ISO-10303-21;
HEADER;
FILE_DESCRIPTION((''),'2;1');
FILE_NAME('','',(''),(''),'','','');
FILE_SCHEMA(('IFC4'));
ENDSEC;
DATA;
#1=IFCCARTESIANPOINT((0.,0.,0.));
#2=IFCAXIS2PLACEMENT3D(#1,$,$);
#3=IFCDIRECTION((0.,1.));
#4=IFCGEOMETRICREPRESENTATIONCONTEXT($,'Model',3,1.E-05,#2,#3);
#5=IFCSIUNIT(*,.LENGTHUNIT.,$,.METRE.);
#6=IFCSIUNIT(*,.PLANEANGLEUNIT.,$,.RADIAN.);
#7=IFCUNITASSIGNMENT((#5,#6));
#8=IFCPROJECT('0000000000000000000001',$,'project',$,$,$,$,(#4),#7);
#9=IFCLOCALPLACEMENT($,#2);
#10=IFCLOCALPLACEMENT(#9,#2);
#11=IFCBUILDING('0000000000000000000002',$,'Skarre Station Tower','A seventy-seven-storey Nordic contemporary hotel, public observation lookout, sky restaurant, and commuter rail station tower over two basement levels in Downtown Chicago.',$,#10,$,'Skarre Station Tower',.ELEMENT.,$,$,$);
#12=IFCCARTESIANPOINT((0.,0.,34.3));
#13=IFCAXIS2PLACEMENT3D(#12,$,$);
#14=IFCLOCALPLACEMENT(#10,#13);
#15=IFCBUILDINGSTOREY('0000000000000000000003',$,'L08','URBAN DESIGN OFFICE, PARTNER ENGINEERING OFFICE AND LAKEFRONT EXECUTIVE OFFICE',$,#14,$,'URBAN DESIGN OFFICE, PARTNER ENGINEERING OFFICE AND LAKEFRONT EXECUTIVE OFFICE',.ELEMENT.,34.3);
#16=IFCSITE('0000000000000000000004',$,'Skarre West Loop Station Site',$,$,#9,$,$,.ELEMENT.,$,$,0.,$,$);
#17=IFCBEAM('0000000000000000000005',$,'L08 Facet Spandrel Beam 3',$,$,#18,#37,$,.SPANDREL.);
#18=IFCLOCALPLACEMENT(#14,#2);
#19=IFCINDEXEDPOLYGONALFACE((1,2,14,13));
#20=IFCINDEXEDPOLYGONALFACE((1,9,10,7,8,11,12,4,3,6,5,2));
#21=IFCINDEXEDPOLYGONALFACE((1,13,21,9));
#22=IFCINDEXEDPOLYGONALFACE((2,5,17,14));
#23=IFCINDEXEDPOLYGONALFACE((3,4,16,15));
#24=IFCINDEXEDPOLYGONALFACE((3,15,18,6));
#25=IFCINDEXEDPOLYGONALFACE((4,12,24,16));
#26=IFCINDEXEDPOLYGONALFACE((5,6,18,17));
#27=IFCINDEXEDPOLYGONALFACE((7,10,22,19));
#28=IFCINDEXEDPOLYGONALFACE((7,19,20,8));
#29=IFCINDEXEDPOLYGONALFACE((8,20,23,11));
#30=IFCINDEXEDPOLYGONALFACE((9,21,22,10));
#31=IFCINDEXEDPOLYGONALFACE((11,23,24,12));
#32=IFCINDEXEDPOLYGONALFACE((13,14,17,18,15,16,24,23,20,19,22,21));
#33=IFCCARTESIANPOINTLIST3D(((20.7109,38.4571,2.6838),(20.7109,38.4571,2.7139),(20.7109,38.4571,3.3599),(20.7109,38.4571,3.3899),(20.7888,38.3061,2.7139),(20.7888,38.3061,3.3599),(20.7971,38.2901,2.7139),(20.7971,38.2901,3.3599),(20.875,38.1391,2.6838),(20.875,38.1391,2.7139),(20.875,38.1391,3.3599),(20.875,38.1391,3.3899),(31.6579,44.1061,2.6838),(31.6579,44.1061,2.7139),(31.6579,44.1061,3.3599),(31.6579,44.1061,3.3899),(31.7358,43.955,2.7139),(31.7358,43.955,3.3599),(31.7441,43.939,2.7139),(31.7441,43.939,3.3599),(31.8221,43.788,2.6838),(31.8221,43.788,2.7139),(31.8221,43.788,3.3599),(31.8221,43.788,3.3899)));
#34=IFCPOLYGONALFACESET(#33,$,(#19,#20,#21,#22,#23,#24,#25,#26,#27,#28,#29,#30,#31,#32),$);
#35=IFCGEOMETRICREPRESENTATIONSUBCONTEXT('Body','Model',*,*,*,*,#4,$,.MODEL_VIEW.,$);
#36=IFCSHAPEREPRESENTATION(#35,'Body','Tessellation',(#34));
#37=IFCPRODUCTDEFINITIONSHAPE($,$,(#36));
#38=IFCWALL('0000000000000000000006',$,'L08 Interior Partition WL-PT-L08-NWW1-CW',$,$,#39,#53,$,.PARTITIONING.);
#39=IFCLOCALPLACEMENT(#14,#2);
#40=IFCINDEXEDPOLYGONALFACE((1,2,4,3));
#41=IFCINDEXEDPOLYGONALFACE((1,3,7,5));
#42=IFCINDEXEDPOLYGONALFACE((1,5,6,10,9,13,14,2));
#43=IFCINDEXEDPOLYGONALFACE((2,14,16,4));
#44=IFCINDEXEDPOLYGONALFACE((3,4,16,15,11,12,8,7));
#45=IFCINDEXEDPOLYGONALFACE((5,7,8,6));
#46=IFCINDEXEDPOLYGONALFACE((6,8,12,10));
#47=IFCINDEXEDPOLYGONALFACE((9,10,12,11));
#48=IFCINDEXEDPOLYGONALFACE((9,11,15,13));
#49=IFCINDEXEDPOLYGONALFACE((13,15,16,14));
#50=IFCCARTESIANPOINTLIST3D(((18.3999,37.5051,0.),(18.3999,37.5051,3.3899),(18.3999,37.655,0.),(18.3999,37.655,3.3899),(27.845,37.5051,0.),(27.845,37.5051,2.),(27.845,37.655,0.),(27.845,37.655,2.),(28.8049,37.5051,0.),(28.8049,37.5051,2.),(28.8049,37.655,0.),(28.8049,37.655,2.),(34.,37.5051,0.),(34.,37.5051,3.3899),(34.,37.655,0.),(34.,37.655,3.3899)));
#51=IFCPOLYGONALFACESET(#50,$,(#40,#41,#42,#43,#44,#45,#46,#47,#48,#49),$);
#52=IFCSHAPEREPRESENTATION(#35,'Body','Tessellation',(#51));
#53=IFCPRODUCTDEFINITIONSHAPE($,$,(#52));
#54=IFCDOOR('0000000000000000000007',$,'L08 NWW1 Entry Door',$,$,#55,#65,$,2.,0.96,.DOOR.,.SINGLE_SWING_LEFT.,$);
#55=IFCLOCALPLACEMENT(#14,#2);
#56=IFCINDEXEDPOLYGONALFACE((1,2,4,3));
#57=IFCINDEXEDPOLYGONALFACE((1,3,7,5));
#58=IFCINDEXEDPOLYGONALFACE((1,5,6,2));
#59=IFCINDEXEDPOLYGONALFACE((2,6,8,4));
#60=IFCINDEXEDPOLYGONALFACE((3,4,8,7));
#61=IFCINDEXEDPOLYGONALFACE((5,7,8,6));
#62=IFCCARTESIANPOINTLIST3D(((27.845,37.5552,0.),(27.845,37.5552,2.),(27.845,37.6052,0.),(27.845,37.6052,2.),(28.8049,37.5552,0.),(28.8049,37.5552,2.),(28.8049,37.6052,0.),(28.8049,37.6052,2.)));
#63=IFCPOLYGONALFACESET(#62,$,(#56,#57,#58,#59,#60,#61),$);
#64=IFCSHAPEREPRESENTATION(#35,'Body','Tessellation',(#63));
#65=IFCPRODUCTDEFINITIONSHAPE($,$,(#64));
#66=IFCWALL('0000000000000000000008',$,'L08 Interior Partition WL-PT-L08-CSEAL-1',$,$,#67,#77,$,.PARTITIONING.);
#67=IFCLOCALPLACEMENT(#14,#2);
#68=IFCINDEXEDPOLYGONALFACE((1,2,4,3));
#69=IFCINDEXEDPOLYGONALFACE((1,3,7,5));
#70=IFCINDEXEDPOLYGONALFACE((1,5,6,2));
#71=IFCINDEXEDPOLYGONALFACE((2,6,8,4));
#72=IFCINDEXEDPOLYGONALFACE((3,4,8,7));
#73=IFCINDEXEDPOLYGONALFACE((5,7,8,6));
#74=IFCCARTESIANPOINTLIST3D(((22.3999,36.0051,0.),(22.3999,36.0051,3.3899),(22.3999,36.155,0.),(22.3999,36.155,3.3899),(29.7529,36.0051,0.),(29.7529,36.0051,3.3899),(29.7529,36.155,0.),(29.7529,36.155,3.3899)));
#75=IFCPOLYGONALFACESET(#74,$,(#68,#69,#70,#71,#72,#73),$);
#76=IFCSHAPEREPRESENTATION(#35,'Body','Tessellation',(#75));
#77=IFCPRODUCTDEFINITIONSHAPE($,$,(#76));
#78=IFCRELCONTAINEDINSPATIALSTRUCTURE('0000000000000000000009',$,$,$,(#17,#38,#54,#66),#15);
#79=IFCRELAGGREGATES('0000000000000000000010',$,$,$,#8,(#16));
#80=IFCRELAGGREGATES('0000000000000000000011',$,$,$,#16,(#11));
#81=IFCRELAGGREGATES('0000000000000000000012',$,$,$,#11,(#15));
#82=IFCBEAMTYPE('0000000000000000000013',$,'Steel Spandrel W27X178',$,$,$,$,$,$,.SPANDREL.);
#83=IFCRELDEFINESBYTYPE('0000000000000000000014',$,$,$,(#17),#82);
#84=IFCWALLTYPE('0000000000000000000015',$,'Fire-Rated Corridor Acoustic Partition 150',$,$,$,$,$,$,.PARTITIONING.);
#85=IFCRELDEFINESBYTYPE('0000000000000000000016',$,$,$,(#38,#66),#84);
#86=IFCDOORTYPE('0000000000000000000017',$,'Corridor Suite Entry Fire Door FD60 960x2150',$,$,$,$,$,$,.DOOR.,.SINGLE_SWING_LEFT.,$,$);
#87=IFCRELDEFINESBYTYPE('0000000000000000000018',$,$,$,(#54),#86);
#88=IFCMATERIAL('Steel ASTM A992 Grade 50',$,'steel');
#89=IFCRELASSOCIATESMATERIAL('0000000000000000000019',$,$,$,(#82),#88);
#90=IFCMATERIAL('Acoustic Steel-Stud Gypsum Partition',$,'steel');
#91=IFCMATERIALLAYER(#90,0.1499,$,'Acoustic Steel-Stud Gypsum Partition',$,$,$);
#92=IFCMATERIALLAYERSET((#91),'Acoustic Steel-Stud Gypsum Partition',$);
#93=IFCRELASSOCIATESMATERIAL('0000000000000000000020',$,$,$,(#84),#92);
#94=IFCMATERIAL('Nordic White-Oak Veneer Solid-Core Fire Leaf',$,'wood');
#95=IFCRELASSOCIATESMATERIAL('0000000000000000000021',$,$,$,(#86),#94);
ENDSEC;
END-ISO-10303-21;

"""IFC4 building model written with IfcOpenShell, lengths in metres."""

from ifc_helpers import new_model, si_unit, direction, frame, frame_2d, origin, origin_2d, place, context, subcontext, project, spatial, rectangle, i_section, extrude, material, layer, layer_set, material_profile, profile_set, type_object, element, fill, save


model = new_model("IFC4")

# Units and contexts
model_context = context("Model", 3, precision=1e-05, world=origin(), true_north=direction((0.0, 1.0)))
body_context = subcontext(model_context, "Body", "Model", "MODEL_VIEW")
ifc_project = project(units=[si_unit("LENGTHUNIT", "METRE"), si_unit("PLANEANGLEUNIT", "RADIAN")], contexts=[model_context])

# Site, building, storey
site_placement = place(None, origin())
site = spatial("IfcSite", under=ifc_project, at=site_placement, Name="Skarre West Loop Station Site", CompositionType="ELEMENT", RefElevation=0.0)
building_placement = place(site_placement, origin())
building = spatial("IfcBuilding", under=site, at=building_placement, Name="Skarre Station Tower", Description="A seventy-seven-storey Nordic contemporary hotel, public observation lookout, sky restaurant, and commuter rail station tower over two basement levels in Downtown Chicago.", LongName="Skarre Station Tower", CompositionType="ELEMENT")
storey_placement = place(building_placement, frame((0.0, 0.0, 34.3)))
storey = spatial("IfcBuildingStorey", under=building, at=storey_placement, Name="L08", Description="URBAN DESIGN OFFICE, PARTNER ENGINEERING OFFICE AND LAKEFRONT EXECUTIVE OFFICE", LongName="URBAN DESIGN OFFICE, PARTNER ENGINEERING OFFICE AND LAKEFRONT EXECUTIVE OFFICE", CompositionType="ELEMENT", Elevation=34.3)

# Beam
ifc_material_1 = material(Name="Steel ASTM A992 Grade 50", Category="steel")
ifc_material_profile_1 = material_profile(ifc_material_1, i_section(OverallWidth=0.3579, OverallDepth=0.7061, WebThickness=0.0181, FlangeThickness=0.03, at=origin_2d()), Name="Steel ASTM A992 Grade 50")
ifc_profile_set_1 = profile_set([ifc_material_profile_1], Name="Steel ASTM A992 Grade 50")
beam_type_1 = type_object("IfcBeamType", Name="Steel Spandrel W27X178", PredefinedType="SPANDREL", material=ifc_profile_set_1)
beam_1_placement = place(storey_placement, frame((31.74, 43.947, 3.0369), z_axis=(-0.888659, -0.458569, 0.0), x_axis=(0.458569, -0.888659, 0.0)))
element("IfcBeam", 1, at=beam_1_placement, inside=storey, type_object=beam_type_1, Name="L08 Facet Spandrel Beam 3", PredefinedType="SPANDREL", context=body_context, shape_type="SweptSolid", body=[
    extrude(i_section(OverallWidth=0.3579, OverallDepth=0.7061, WebThickness=0.0181, FlangeThickness=0.03, at=origin_2d()), origin(), (0.0, 0.0, 1.0), 12.3186),
])

# Wall, opening, door
ifc_material_2 = material(Name="Acoustic Steel-Stud Gypsum Partition", Category="steel")
ifc_layer_1 = layer(ifc_material_2, 0.1499, Name="Acoustic Steel-Stud Gypsum Partition")
ifc_layer_set_1 = layer_set([ifc_layer_1], Name="Acoustic Steel-Stud Gypsum Partition")
wall_type_1 = type_object("IfcWallType", Name="Fire-Rated Corridor Acoustic Partition 150", PredefinedType="PARTITIONING", material=ifc_layer_set_1)
wall_1_placement = place(storey_placement, frame((34.0, 37.5801, 0.0), z_axis=(0.0, 0.0, 1.0), x_axis=(-1.0, 0.0, 0.0)))
wall_1 = element("IfcWall", 2, at=wall_1_placement, inside=storey, type_object=wall_type_1, Name="L08 Interior Partition WL-PT-L08-NWW1-CW", PredefinedType="PARTITIONING", context=body_context, shape_type="SweptSolid", body=[
    extrude(rectangle(XDim=15.6001, YDim=0.1499, at=frame_2d((7.8, 0.0))), origin(), (0.0, 0.0, 1.0), 3.3899),
])
opening_1_placement = place(wall_1_placement, frame((5.1951, 0.0, 0.0)))
opening_1 = element("IfcOpeningElement", 3, at=opening_1_placement, cuts=wall_1, PredefinedType="OPENING", context=body_context, shape_type="SweptSolid", body=[
    extrude(rectangle(XDim=0.96, YDim=2.0, at=frame_2d((0.48, 1.0))), frame((0.0, 0.085, 0.0), z_axis=(0.0, -1.0, 0.0), x_axis=(1.0, 0.0, 0.0)), (0.0, 0.0, 1.0), 0.1699),
])
ifc_material_3 = material(Name="Nordic White-Oak Veneer Solid-Core Fire Leaf", Category="wood")
door_type = type_object("IfcDoorType", Name="Corridor Suite Entry Fire Door FD60 960x2150", OperationType="SINGLE_SWING_LEFT", PredefinedType="DOOR", material=ifc_material_3)
door_placement = place(opening_1_placement, origin())
door = element("IfcDoor", 4, at=door_placement, inside=storey, type_object=door_type, Name="L08 NWW1 Entry Door", OperationType="SINGLE_SWING_LEFT", OverallHeight=2.0, OverallWidth=0.96, PredefinedType="DOOR", context=body_context, shape_type="SweptSolid", body=[
    extrude(rectangle(XDim=0.96, YDim=2.0, at=frame_2d((0.48, 1.0))), frame((0.0, 0.0249, 0.0), z_axis=(0.0, -1.0, 0.0), x_axis=(1.0, 0.0, 0.0)), (0.0, 0.0, 1.0), 0.05),
])
fill(opening_1, door)

# Wall
wall_2_placement = place(storey_placement, frame((29.7529, 36.0801, 0.0), z_axis=(0.0, 0.0, 1.0), x_axis=(-1.0, 0.0, 0.0)))
element("IfcWall", 5, at=wall_2_placement, inside=storey, type_object=wall_type_1, Name="L08 Interior Partition WL-PT-L08-CSEAL-1", PredefinedType="PARTITIONING", context=body_context, shape_type="SweptSolid", body=[
    extrude(rectangle(XDim=7.353, YDim=0.1499, at=frame_2d((3.6765, 0.0))), origin(), (0.0, 0.0, 1.0), 3.3899),
])

save(model, "model.ifc")
